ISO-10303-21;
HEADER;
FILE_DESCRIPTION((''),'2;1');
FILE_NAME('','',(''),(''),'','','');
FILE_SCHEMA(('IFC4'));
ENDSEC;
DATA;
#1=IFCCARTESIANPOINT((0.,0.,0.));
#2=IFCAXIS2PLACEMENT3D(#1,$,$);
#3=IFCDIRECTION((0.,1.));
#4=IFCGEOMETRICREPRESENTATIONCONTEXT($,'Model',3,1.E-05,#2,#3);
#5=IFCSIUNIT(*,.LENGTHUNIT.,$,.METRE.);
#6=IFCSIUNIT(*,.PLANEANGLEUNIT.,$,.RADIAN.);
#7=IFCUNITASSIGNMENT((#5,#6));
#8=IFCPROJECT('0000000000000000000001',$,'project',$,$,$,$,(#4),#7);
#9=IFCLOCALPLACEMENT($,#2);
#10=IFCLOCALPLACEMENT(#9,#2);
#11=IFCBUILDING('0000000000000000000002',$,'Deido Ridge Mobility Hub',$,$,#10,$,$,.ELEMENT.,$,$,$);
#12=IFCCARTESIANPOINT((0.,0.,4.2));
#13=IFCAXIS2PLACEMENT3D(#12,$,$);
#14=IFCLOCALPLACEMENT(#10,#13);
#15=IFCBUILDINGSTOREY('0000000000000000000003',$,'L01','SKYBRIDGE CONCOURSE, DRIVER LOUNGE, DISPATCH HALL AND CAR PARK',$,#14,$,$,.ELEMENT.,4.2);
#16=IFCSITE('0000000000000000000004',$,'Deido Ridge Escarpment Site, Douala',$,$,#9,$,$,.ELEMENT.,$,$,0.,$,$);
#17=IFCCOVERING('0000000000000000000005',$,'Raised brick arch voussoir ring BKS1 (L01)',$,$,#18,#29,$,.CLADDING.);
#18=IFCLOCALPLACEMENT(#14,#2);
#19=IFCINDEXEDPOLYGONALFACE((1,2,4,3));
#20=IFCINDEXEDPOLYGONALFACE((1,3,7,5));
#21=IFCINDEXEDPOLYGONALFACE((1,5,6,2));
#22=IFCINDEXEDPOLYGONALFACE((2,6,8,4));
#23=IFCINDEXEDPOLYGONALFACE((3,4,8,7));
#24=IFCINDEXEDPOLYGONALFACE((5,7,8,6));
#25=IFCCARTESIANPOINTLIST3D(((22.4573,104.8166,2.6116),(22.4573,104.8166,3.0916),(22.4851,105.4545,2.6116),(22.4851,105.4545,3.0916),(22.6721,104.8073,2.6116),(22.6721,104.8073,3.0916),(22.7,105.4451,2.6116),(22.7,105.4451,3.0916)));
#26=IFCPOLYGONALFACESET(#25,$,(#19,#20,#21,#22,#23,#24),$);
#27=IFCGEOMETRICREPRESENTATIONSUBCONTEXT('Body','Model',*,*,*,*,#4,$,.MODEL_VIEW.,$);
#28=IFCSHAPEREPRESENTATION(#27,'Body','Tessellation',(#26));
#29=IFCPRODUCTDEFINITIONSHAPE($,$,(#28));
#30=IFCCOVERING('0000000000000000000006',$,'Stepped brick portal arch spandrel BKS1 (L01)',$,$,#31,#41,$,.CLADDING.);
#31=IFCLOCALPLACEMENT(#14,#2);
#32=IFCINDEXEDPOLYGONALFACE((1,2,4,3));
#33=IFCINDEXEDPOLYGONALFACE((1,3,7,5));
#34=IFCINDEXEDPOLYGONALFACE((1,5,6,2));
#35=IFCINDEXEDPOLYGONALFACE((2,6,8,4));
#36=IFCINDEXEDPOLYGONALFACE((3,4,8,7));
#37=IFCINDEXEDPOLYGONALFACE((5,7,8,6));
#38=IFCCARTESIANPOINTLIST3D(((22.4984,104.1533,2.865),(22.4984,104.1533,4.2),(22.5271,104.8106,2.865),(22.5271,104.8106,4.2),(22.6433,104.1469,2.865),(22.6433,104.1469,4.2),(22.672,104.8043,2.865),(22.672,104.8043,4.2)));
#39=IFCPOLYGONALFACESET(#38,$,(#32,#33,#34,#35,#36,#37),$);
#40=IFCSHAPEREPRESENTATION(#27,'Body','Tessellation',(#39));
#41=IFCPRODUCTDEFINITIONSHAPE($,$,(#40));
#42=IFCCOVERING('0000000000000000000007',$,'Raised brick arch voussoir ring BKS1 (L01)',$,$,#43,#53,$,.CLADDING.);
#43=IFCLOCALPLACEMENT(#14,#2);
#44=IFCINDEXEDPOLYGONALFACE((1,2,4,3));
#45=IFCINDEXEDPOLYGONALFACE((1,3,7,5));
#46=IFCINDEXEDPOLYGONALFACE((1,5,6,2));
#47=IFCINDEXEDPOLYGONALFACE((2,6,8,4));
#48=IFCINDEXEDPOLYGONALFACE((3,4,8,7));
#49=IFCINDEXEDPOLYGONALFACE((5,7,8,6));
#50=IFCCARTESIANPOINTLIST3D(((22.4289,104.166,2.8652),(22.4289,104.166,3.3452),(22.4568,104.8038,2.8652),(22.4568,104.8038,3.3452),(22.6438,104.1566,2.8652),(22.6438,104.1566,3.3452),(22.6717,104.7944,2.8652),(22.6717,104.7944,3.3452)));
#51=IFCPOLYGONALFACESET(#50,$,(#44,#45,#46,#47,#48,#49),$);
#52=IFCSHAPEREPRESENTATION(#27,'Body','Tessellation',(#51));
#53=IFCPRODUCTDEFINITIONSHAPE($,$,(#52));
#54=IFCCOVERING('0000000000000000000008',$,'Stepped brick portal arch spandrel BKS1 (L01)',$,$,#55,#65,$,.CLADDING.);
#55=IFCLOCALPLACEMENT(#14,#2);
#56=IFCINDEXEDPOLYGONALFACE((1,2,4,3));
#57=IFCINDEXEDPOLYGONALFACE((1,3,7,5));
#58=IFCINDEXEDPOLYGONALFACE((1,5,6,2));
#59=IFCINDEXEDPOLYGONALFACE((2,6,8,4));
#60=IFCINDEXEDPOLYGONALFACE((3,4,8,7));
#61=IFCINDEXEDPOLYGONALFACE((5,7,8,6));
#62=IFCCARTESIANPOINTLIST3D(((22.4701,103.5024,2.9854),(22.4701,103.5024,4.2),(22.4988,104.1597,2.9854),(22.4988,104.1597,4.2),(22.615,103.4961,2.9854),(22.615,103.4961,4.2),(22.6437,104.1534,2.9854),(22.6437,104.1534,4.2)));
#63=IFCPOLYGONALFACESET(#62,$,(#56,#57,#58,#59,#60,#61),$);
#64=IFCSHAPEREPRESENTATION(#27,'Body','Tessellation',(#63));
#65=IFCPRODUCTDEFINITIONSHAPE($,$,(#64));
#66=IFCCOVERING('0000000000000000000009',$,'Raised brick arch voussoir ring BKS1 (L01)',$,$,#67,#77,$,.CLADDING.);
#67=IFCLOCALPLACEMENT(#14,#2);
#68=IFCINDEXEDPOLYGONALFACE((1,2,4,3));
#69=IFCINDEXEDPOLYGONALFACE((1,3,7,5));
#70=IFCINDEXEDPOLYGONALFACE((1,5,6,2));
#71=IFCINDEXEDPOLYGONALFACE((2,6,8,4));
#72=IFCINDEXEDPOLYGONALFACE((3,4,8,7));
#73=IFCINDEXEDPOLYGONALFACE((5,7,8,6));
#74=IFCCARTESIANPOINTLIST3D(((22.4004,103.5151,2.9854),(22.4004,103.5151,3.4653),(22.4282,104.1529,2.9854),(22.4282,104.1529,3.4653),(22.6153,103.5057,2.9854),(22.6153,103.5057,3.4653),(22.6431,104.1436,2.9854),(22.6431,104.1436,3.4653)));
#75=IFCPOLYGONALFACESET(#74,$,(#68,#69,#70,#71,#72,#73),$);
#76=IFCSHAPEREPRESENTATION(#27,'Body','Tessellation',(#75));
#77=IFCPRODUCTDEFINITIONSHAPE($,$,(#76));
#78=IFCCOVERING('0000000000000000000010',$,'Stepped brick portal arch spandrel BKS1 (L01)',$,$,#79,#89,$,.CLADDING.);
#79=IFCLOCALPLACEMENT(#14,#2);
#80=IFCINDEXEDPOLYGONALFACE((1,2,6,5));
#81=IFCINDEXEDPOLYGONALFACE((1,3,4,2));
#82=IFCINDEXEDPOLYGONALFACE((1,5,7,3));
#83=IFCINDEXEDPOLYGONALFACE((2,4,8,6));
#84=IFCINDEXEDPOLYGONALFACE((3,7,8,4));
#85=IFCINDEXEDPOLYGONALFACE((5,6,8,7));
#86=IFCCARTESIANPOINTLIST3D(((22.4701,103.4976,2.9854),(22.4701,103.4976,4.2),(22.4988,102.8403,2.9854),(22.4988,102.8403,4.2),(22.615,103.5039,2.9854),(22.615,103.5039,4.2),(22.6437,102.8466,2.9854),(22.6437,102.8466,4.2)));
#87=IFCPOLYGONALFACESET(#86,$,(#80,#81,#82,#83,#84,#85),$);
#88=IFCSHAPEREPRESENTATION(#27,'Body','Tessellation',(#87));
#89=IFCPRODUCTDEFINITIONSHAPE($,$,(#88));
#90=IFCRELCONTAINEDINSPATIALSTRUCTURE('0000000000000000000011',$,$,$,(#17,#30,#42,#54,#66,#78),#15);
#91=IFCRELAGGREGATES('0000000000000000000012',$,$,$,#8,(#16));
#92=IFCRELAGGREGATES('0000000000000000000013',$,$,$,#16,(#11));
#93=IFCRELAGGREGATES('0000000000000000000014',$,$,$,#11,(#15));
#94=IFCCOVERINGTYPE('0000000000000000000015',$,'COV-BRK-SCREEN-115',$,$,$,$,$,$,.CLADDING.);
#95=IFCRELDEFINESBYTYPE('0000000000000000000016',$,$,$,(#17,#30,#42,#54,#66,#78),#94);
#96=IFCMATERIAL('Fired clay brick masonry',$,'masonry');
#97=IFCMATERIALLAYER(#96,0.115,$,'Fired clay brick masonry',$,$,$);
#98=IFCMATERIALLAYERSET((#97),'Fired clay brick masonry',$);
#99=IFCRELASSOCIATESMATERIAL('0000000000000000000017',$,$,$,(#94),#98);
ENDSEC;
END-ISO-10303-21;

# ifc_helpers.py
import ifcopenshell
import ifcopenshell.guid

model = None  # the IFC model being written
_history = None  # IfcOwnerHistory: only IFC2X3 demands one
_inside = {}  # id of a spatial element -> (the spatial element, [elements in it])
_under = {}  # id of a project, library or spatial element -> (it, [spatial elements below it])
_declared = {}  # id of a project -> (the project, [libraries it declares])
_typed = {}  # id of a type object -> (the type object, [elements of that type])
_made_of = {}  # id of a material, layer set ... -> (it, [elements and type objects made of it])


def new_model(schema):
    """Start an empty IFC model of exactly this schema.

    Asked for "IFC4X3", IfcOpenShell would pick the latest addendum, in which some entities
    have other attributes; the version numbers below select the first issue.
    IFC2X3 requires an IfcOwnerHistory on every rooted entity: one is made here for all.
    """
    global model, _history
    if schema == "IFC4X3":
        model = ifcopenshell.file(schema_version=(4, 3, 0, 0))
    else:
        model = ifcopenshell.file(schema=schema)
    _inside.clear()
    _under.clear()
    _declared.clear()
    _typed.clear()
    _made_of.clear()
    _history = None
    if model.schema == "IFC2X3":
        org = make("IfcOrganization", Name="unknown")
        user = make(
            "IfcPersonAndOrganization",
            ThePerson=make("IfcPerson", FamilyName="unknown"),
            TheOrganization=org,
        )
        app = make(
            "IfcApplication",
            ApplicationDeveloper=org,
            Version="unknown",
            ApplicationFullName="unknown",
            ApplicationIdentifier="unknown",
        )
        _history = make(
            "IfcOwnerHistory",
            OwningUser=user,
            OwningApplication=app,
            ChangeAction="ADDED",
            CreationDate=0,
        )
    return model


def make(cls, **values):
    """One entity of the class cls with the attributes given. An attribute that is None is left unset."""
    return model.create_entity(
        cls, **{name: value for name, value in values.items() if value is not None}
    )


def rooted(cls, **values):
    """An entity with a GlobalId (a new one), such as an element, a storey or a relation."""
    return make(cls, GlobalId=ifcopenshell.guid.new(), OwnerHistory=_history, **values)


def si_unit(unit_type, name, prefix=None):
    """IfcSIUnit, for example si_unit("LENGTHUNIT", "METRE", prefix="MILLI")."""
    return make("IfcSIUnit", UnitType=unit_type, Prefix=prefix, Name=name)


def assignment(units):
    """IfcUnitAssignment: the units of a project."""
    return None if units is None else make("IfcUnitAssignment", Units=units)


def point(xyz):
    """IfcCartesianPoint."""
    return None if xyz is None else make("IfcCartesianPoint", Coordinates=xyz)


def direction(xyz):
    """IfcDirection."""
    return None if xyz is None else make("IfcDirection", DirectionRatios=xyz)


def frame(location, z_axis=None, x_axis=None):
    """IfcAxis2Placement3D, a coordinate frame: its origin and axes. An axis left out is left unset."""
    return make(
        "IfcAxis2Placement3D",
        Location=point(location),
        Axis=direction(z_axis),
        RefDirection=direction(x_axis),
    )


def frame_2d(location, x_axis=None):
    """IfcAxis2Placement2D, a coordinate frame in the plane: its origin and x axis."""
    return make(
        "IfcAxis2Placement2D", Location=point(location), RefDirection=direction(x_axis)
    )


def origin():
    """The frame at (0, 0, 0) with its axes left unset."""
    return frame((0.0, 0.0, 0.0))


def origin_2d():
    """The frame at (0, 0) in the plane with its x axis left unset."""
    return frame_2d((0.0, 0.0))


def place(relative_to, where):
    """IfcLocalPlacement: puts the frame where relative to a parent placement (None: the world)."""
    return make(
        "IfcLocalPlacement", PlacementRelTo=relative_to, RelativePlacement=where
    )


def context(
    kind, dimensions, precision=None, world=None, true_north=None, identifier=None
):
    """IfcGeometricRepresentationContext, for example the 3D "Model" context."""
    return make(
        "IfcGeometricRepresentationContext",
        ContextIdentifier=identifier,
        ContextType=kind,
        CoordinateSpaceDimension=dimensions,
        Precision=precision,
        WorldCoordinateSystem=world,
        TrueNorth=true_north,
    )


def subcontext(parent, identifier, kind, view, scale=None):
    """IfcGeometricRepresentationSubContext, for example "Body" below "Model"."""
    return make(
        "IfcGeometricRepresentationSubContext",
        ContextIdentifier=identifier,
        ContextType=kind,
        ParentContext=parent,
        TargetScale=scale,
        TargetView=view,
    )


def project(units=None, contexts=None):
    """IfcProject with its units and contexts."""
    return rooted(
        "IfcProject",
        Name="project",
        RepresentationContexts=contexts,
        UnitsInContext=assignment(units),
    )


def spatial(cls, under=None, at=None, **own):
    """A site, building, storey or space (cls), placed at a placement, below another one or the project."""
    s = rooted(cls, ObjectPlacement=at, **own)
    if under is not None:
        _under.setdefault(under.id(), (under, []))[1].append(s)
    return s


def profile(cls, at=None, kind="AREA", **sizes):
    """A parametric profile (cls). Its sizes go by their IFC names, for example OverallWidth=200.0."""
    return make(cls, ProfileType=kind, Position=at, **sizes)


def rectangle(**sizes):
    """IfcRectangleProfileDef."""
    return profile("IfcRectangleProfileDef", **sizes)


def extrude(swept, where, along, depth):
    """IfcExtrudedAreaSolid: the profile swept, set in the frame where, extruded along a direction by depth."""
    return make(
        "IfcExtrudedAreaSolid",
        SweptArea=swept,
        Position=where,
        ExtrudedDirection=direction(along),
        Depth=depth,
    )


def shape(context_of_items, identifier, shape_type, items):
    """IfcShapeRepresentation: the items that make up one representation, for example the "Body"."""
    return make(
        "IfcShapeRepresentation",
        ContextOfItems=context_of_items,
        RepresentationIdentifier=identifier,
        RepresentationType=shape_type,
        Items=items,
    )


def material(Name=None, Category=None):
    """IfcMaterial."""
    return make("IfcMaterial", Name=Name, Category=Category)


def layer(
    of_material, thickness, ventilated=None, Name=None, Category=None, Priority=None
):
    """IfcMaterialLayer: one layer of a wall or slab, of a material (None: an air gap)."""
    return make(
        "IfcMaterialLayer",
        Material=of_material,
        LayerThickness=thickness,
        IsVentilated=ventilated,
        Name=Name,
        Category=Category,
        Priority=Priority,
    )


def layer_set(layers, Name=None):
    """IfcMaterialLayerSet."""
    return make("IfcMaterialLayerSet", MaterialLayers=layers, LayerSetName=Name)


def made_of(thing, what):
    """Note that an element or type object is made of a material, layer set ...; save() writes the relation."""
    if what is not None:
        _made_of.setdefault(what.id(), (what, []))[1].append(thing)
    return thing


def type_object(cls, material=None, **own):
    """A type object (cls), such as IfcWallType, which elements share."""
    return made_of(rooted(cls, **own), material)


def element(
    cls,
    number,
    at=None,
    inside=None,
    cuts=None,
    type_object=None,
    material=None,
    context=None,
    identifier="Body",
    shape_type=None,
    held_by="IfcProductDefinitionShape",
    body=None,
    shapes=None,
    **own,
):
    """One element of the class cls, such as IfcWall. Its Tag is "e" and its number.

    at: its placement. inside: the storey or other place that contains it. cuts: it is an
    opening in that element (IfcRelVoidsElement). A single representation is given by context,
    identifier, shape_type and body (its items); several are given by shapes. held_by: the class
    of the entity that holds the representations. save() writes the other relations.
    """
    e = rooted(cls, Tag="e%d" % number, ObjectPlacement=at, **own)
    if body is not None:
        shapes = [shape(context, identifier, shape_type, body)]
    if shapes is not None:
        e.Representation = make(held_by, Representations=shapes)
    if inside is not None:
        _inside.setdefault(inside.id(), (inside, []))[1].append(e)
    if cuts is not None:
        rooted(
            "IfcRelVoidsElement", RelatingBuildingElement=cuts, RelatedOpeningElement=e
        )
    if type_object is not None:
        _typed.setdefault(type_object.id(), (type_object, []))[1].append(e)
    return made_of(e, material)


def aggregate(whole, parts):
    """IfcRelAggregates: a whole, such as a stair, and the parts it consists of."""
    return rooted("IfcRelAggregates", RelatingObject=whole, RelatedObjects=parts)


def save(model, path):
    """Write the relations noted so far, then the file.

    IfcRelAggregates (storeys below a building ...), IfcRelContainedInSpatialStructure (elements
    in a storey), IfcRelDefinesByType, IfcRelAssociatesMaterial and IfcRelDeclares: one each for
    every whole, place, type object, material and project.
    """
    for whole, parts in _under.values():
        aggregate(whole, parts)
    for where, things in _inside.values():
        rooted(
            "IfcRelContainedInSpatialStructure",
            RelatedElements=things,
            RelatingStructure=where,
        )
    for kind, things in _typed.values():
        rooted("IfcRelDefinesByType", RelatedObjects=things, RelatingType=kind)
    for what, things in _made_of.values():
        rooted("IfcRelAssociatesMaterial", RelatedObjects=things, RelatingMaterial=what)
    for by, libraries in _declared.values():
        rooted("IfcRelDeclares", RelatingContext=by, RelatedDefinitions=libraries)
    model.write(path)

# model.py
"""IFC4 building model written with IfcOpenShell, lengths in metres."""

from ifc_helpers import new_model, si_unit, direction, frame, origin, origin_2d, place, context, subcontext, project, spatial, rectangle, extrude, material, layer, layer_set, type_object, element, save


model = new_model("IFC4")

# Units and contexts
model_context = context("Model", 3, precision=1e-05, world=origin(), true_north=direction((0.0, 1.0)))
body_context = subcontext(model_context, "Body", "Model", "MODEL_VIEW")
ifc_project = project(units=[si_unit("LENGTHUNIT", "METRE"), si_unit("PLANEANGLEUNIT", "RADIAN")], contexts=[model_context])

# Site, building, storey
site_placement = place(None, origin())
site = spatial("IfcSite", under=ifc_project, at=site_placement, Name="Deido Ridge Escarpment Site, Douala", CompositionType="ELEMENT", RefElevation=0.0)
building_placement = place(site_placement, origin())
building = spatial("IfcBuilding", under=site, at=building_placement, Name="Deido Ridge Mobility Hub", CompositionType="ELEMENT")
storey_placement = place(building_placement, frame((0.0, 0.0, 4.2)))
storey = spatial("IfcBuildingStorey", under=building, at=storey_placement, Name="L01", Description="SKYBRIDGE CONCOURSE, DRIVER LOUNGE, DISPATCH HALL AND CAR PARK", CompositionType="ELEMENT", Elevation=4.2)

# Coverings
ifc_material_1 = material(Name="Fired clay brick masonry", Category="masonry")
ifc_layer = layer(ifc_material_1, 0.115, Name="Fired clay brick masonry")
ifc_layer_set = layer_set([ifc_layer], Name="Fired clay brick masonry")
covering_type = type_object("IfcCoveringType", Name="COV-BRK-SCREEN-115", PredefinedType="CLADDING", material=ifc_layer_set)
covering_1_placement = place(storey_placement, frame((22.5786, 105.1309, 2.6116), z_axis=(0.0, 0.0, 1.0), x_axis=(-0.043602, -0.999049, 0.0)))
element("IfcCovering", 1, at=covering_1_placement, inside=storey, type_object=covering_type, Name="Raised brick arch voussoir ring BKS1 (L01)", PredefinedType="CLADDING", context=body_context, shape_type="SweptSolid", body=[
    extrude(rectangle(XDim=0.6384, YDim=0.2151, at=origin_2d()), origin(), (0.0, 0.0, 1.0), 0.48),
])
covering_2_placement = place(storey_placement, frame((22.5852, 104.4788, 2.865), z_axis=(0.0, 0.0, 1.0), x_axis=(-0.043602, -0.999049, 0.0)))
element("IfcCovering", 2, at=covering_2_placement, inside=storey, type_object=covering_type, Name="Stepped brick portal arch spandrel BKS1 (L01)", PredefinedType="CLADDING", context=body_context, shape_type="SweptSolid", body=[
    extrude(rectangle(XDim=0.658, YDim=0.145, at=origin_2d()), origin(), (0.0, 0.0, 1.0), 1.335),
])
covering_3_placement = place(storey_placement, frame((22.5503, 104.4802, 2.8652), z_axis=(0.0, 0.0, 1.0), x_axis=(-0.043602, -0.999049, 0.0)))
element("IfcCovering", 3, at=covering_3_placement, inside=storey, type_object=covering_type, Name="Raised brick arch voussoir ring BKS1 (L01)", PredefinedType="CLADDING", context=body_context, shape_type="SweptSolid", body=[
    extrude(rectangle(XDim=0.6384, YDim=0.2151, at=origin_2d()), origin(), (0.0, 0.0, 1.0), 0.48),
])
covering_4_placement = place(storey_placement, frame((22.5569, 103.8279, 2.9854), z_axis=(0.0, 0.0, 1.0), x_axis=(-0.043602, -0.999049, 0.0)))
element("IfcCovering", 4, at=covering_4_placement, inside=storey, type_object=covering_type, Name="Stepped brick portal arch spandrel BKS1 (L01)", PredefinedType="CLADDING", context=body_context, shape_type="SweptSolid", body=[
    extrude(rectangle(XDim=0.658, YDim=0.145, at=origin_2d()), origin(), (0.0, 0.0, 1.0), 1.2146),
])
covering_5_placement = place(storey_placement, frame((22.5217, 103.8293, 2.9854), z_axis=(0.0, 0.0, 1.0), x_axis=(-0.043602, -0.999049, 0.0)))
element("IfcCovering", 5, at=covering_5_placement, inside=storey, type_object=covering_type, Name="Raised brick arch voussoir ring BKS1 (L01)", PredefinedType="CLADDING", context=body_context, shape_type="SweptSolid", body=[
    extrude(rectangle(XDim=0.6384, YDim=0.2151, at=origin_2d()), origin(), (0.0, 0.0, 1.0), 0.48),
])
covering_6_placement = place(storey_placement, frame((22.5569, 103.1721, 2.9854), z_axis=(0.0, 0.0, 1.0), x_axis=(0.043602, -0.999049, 0.0)))
element("IfcCovering", 6, at=covering_6_placement, inside=storey, type_object=covering_type, Name="Stepped brick portal arch spandrel BKS1 (L01)", PredefinedType="CLADDING", context=body_context, shape_type="SweptSolid", body=[
    extrude(rectangle(XDim=0.658, YDim=0.145, at=origin_2d()), origin(), (0.0, 0.0, 1.0), 1.2146),
])

save(model, "model.ifc")
